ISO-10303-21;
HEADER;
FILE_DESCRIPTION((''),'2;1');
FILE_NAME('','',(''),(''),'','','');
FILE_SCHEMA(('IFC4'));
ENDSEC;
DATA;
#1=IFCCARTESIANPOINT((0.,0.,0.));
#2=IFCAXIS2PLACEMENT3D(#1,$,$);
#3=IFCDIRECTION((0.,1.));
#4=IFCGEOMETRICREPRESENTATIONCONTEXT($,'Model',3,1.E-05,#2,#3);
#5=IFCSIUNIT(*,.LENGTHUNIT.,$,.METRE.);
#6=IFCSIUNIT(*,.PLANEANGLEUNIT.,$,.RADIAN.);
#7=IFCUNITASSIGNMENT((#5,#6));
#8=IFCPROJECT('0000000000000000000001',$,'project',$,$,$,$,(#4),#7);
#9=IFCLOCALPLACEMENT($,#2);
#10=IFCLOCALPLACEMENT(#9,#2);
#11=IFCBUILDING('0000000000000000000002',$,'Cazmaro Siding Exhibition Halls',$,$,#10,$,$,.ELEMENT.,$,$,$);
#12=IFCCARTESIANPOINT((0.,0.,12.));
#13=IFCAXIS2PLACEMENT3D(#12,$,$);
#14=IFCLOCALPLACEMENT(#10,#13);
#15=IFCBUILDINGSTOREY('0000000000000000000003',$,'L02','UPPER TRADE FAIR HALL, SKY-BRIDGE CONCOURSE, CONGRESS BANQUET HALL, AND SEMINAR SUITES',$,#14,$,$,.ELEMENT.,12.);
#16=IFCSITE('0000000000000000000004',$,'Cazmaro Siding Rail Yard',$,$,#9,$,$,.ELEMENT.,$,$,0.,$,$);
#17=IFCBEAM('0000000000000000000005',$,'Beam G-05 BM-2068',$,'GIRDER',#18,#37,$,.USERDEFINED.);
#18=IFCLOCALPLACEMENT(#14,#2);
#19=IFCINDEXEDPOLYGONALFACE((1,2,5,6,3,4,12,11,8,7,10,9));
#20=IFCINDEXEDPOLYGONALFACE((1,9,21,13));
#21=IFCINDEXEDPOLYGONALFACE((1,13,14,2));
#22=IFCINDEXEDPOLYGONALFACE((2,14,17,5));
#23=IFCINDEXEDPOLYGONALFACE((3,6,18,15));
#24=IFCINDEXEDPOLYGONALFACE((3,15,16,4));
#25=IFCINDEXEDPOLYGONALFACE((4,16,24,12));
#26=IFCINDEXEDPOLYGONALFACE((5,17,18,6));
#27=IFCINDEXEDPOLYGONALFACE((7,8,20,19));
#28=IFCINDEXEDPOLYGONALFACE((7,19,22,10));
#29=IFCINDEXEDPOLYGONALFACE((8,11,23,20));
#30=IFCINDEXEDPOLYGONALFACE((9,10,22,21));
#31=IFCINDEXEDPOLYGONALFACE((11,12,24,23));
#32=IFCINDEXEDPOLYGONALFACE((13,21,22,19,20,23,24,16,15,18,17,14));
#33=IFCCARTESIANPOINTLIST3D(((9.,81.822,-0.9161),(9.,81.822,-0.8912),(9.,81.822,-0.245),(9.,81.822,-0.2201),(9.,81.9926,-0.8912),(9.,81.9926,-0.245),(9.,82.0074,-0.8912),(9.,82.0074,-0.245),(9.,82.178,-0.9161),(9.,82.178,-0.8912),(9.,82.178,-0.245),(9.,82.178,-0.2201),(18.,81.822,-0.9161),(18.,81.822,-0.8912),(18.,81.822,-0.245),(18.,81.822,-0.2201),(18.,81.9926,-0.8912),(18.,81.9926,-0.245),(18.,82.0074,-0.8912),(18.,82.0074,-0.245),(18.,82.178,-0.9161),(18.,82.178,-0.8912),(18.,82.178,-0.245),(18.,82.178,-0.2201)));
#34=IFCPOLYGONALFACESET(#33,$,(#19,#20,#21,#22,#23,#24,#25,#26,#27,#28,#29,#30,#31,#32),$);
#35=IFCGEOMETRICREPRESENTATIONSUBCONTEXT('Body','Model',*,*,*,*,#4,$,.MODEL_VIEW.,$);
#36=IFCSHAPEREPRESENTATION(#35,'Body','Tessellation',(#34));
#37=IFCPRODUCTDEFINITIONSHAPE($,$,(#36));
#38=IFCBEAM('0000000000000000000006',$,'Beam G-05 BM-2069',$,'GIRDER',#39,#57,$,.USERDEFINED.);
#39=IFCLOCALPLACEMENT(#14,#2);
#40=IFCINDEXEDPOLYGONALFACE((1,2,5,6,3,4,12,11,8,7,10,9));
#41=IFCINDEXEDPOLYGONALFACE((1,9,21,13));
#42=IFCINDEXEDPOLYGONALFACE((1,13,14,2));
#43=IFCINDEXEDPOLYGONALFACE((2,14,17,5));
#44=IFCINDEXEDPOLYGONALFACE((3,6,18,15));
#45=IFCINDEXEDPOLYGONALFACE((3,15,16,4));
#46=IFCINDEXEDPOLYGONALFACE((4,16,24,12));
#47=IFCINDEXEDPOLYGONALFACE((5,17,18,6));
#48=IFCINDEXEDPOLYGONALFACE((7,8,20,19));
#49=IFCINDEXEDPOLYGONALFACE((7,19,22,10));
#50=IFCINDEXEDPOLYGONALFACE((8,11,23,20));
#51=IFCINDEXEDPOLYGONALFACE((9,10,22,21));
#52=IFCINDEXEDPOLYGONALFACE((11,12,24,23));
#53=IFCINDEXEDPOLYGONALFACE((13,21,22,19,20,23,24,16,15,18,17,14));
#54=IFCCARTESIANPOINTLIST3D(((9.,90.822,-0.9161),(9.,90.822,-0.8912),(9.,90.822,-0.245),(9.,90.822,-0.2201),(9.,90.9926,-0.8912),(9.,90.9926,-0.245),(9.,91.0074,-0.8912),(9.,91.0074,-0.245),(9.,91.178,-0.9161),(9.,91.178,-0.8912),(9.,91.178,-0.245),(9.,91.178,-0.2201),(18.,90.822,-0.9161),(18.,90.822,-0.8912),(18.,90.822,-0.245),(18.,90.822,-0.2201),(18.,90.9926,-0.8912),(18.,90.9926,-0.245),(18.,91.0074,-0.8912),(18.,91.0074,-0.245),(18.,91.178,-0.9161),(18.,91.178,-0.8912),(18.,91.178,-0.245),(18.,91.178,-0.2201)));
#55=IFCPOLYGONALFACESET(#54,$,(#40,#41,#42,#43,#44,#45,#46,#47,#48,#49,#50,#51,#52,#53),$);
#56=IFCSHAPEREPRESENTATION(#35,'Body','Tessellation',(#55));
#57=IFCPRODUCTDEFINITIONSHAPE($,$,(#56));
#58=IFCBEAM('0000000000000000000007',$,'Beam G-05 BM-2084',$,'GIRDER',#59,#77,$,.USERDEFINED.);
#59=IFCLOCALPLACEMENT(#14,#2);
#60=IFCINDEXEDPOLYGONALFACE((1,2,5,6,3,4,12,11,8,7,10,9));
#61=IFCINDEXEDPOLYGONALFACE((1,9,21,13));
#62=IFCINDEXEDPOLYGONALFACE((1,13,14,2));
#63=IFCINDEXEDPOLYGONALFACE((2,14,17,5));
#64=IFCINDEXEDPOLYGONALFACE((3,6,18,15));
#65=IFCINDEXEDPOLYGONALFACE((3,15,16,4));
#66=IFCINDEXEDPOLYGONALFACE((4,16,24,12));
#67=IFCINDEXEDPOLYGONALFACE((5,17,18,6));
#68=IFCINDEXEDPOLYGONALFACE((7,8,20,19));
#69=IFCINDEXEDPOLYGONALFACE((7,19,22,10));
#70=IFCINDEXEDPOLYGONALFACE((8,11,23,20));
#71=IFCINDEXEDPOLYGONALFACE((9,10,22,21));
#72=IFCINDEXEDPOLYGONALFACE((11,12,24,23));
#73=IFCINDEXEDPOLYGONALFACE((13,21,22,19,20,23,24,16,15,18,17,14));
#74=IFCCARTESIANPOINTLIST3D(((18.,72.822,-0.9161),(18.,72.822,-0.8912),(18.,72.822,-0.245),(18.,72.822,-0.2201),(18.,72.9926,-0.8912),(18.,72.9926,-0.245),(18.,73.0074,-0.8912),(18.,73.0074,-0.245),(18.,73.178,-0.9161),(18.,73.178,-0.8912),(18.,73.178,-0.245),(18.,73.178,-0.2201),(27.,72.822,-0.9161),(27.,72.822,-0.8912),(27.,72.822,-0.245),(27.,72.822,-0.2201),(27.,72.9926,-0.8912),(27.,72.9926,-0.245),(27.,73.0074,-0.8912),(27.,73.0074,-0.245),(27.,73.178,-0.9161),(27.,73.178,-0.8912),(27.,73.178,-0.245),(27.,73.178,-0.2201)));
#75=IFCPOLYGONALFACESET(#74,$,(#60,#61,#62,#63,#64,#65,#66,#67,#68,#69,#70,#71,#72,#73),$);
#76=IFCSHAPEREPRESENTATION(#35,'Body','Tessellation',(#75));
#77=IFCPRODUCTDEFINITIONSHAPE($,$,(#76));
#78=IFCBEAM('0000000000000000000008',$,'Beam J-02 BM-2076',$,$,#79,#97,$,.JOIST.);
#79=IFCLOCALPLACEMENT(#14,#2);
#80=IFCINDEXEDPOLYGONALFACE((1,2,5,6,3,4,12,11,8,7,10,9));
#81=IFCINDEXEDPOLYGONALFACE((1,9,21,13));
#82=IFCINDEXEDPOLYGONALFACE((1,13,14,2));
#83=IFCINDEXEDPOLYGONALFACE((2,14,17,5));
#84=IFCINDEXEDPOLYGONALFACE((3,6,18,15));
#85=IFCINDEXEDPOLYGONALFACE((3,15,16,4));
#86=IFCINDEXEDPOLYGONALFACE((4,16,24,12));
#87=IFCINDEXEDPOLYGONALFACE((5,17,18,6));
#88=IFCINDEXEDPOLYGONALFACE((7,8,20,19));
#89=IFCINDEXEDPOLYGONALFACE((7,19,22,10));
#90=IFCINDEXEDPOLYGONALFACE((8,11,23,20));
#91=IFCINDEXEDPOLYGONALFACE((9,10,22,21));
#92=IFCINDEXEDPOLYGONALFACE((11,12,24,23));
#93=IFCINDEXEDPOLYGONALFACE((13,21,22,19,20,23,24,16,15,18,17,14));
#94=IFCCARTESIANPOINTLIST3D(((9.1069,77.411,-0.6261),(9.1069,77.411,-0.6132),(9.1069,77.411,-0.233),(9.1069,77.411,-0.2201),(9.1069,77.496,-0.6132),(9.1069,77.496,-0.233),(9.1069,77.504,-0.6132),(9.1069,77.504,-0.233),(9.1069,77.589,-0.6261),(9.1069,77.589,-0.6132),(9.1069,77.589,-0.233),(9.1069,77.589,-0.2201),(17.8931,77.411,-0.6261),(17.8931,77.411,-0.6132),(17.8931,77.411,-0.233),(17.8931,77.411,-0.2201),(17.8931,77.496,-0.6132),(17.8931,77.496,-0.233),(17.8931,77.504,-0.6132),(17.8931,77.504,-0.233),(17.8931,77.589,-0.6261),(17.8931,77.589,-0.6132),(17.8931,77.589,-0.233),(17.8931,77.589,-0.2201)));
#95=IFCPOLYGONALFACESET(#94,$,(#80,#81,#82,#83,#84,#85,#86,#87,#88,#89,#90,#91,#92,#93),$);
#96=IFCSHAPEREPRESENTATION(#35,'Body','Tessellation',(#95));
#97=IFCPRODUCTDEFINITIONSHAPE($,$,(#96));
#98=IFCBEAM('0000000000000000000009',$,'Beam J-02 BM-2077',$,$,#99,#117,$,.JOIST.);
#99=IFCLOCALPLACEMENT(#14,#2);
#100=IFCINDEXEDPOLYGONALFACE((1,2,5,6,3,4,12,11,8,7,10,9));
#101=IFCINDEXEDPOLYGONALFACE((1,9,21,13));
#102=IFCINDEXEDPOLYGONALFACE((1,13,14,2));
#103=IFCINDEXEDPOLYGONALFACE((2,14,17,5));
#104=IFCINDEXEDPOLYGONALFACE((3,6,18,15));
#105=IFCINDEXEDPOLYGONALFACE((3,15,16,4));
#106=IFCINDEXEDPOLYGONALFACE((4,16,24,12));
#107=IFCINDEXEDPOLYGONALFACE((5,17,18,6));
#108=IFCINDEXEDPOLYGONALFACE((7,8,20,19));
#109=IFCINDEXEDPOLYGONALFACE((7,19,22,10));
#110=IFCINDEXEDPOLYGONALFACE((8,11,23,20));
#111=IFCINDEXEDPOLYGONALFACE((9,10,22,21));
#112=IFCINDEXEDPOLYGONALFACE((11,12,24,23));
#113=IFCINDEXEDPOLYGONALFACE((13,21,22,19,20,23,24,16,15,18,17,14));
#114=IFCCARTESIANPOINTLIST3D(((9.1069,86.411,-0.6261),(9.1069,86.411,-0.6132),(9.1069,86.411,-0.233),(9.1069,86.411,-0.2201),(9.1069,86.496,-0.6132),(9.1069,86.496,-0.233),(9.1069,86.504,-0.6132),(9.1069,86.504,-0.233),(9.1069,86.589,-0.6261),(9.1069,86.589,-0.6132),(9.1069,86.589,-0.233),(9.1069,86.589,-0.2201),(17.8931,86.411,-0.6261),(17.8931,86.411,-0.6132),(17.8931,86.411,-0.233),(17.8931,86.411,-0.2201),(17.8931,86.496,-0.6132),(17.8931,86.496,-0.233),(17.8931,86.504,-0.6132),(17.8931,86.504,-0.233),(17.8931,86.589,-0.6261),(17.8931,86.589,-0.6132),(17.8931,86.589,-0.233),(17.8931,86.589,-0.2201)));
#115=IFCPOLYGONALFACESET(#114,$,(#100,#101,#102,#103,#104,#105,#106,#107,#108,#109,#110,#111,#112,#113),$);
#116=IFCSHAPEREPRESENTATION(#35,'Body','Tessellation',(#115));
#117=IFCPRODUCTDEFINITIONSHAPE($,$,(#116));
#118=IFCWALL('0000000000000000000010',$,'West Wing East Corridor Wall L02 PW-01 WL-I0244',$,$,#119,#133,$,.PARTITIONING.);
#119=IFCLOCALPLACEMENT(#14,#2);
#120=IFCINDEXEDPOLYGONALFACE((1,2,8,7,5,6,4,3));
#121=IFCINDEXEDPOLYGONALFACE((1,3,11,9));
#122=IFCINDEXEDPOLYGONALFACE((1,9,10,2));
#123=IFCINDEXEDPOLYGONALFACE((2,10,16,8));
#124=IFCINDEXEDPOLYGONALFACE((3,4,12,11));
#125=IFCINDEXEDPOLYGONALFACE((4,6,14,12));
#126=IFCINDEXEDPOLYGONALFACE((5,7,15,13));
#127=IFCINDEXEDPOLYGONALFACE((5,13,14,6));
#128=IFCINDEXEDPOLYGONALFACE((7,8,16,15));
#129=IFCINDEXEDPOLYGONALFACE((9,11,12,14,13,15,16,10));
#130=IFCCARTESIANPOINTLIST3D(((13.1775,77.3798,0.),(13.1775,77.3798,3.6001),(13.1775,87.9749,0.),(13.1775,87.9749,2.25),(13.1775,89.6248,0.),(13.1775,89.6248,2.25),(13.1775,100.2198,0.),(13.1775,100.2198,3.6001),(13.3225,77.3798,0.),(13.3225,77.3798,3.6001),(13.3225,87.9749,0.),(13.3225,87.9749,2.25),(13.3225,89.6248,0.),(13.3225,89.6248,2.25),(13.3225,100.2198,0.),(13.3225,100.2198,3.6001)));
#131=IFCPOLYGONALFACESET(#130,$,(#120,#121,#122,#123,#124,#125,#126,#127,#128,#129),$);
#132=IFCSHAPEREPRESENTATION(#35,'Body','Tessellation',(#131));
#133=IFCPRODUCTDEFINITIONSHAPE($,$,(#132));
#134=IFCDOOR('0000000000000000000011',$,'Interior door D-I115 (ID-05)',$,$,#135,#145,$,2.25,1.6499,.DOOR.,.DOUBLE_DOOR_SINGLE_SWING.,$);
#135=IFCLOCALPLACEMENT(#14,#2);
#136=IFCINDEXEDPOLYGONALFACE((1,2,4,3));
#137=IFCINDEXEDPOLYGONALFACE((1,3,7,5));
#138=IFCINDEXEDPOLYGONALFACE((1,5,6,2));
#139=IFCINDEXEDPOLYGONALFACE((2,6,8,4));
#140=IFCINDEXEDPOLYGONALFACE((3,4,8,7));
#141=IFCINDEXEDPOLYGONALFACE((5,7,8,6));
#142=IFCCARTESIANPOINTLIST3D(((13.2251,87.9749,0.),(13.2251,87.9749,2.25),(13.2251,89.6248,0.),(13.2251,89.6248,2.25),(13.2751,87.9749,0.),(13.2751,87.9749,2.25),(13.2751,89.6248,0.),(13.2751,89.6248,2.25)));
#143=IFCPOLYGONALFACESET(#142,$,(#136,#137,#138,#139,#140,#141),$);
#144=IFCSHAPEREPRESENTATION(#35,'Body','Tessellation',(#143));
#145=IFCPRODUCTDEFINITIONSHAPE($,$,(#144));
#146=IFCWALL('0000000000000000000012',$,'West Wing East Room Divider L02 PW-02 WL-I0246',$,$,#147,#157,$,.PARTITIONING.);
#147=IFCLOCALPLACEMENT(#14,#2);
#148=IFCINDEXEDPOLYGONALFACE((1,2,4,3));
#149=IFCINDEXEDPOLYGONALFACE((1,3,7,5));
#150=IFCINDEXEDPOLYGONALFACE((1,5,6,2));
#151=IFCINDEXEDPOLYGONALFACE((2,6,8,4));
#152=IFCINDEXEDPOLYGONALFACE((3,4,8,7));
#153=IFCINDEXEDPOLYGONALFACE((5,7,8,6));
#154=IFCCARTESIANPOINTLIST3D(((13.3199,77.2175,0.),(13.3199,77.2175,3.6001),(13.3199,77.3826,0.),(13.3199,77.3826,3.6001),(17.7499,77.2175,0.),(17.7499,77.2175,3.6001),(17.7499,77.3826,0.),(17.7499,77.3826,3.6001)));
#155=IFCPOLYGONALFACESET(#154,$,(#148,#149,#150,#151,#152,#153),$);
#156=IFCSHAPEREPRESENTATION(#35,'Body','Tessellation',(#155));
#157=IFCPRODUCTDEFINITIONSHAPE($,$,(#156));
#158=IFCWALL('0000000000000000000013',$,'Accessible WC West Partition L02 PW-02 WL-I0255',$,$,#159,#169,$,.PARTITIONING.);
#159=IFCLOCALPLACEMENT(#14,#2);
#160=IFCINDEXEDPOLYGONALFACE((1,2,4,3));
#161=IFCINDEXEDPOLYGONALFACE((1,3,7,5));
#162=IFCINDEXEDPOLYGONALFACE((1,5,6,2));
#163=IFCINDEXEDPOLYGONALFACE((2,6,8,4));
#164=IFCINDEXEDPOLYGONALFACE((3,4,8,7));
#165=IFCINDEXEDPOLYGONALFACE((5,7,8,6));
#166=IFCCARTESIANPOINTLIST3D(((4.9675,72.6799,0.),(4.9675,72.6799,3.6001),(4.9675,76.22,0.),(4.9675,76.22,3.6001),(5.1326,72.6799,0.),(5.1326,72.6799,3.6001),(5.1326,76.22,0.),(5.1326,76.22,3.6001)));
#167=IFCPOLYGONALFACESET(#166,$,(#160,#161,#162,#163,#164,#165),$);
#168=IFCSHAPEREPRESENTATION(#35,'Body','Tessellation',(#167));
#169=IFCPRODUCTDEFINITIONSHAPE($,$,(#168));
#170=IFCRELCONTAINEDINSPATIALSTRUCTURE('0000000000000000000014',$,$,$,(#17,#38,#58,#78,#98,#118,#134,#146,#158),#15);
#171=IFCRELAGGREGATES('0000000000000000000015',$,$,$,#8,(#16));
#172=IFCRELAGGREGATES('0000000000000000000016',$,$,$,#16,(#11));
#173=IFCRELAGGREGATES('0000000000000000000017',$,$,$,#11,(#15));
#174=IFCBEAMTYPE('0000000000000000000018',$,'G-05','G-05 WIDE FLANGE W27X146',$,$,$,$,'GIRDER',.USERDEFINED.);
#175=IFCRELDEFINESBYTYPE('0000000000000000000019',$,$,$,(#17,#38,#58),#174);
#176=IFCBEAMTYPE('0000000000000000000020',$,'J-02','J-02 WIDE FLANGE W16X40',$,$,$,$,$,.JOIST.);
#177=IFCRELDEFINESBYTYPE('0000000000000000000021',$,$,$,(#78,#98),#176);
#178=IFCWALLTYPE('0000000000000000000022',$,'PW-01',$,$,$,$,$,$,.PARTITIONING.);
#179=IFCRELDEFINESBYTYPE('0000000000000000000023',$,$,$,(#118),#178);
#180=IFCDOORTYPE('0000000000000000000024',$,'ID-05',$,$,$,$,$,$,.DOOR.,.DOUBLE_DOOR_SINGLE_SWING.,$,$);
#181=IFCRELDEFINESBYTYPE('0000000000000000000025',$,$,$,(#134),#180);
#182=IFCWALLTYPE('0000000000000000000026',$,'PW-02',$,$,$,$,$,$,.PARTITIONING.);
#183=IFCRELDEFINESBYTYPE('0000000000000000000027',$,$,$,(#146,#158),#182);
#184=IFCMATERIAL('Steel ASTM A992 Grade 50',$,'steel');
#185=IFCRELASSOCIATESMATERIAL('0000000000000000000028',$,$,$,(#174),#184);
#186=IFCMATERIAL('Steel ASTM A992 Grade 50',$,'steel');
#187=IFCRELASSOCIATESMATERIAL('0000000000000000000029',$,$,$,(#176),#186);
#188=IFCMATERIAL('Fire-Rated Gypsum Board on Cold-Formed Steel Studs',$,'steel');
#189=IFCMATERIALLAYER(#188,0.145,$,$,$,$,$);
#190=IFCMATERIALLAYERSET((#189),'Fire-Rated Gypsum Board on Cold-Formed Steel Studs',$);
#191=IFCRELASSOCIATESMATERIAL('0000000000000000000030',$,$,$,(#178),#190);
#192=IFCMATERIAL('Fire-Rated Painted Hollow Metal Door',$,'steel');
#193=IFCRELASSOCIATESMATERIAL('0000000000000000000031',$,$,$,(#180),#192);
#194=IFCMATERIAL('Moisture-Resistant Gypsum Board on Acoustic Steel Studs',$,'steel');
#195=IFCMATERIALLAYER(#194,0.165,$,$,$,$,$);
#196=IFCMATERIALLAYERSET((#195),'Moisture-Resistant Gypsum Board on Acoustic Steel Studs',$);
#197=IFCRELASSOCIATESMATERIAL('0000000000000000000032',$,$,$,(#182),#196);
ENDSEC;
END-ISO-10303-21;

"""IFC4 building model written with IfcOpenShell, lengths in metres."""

from ifc_helpers import new_model, si_unit, direction, frame, frame_2d, origin, origin_2d, place, context, subcontext, project, spatial, rectangle, i_section, extrude, material, layer, layer_set, material_profile, profile_set, type_object, element, fill, save


model = new_model("IFC4")

# Units and contexts
model_context = context("Model", 3, precision=1e-05, world=origin(), true_north=direction((0.0, 1.0)))
body_context = subcontext(model_context, "Body", "Model", "MODEL_VIEW")
ifc_project = project(units=[si_unit("LENGTHUNIT", "METRE"), si_unit("PLANEANGLEUNIT", "RADIAN")], contexts=[model_context])

# Site, building, storey
site_placement = place(None, origin())
site = spatial("IfcSite", under=ifc_project, at=site_placement, Name="Cazmaro Siding Rail Yard", CompositionType="ELEMENT", RefElevation=0.0)
building_placement = place(site_placement, origin())
building = spatial("IfcBuilding", under=site, at=building_placement, Name="Cazmaro Siding Exhibition Halls", CompositionType="ELEMENT")
storey_placement = place(building_placement, frame((0.0, 0.0, 12.0)))
storey = spatial("IfcBuildingStorey", under=building, at=storey_placement, Name="L02", Description="UPPER TRADE FAIR HALL, SKY-BRIDGE CONCOURSE, CONGRESS BANQUET HALL, AND SEMINAR SUITES", CompositionType="ELEMENT", Elevation=12.0)

# Beams
ifc_material_1 = material(Name="Steel ASTM A992 Grade 50", Category="steel")
ifc_material_profile_1 = material_profile(ifc_material_1, i_section(OverallWidth=0.356, OverallDepth=0.696, WebThickness=0.0149, FlangeThickness=0.0249, at=origin_2d()), Name="W27X146")
ifc_profile_set_1 = profile_set([ifc_material_profile_1], Name="Steel ASTM A992 Grade 50")
beam_type_1 = type_object("IfcBeamType", Name="G-05", Description="G-05 WIDE FLANGE W27X146", ElementType="GIRDER", PredefinedType="USERDEFINED", material=ifc_profile_set_1)
for number, where, z_axis, x_axis, name in (
    (1, (9.0, 82.0, -0.5681), (1.0, 0.0, 0.0), (0.0, 1.0, 0.0), "Beam G-05 BM-2068"),
    (2, (9.0, 91.0, -0.5681), (1.0, 0.0, 0.0), (0.0, 1.0, 0.0), "Beam G-05 BM-2069"),
    (3, (18.0, 73.0, -0.5681), (1.0, 0.0, 0.0), (0.0, 1.0, 0.0), "Beam G-05 BM-2084"),
):
    element("IfcBeam", number, at=place(storey_placement, frame(where, z_axis=z_axis, x_axis=x_axis)), inside=storey, type_object=beam_type_1, Name=name, ObjectType="GIRDER", PredefinedType="USERDEFINED", context=body_context, shape_type="SweptSolid", body=[
        extrude(i_section(OverallWidth=0.356, OverallDepth=0.696, WebThickness=0.0149, FlangeThickness=0.0249, at=origin_2d()), origin(), (0.0, 0.0, 1.0), 9.0),
    ])
ifc_material_2 = material(Name="Steel ASTM A992 Grade 50", Category="steel")
ifc_material_profile_2 = material_profile(ifc_material_2, i_section(OverallWidth=0.178, OverallDepth=0.406, WebThickness=0.0081, FlangeThickness=0.0129, at=origin_2d()), Name="W16X40")
ifc_profile_set_2 = profile_set([ifc_material_profile_2], Name="Steel ASTM A992 Grade 50")
beam_type_2 = type_object("IfcBeamType", Name="J-02", Description="J-02 WIDE FLANGE W16X40", PredefinedType="JOIST", material=ifc_profile_set_2)
for number, where, z_axis, x_axis, name in (
    (4, (9.1069, 77.5, -0.4231), (1.0, 0.0, 0.0), (0.0, 1.0, 0.0), "Beam J-02 BM-2076"),
    (5, (9.1069, 86.5, -0.4231), (1.0, 0.0, 0.0), (0.0, 1.0, 0.0), "Beam J-02 BM-2077"),
):
    element("IfcBeam", number, at=place(storey_placement, frame(where, z_axis=z_axis, x_axis=x_axis)), inside=storey, type_object=beam_type_2, Name=name, PredefinedType="JOIST", context=body_context, shape_type="SweptSolid", body=[
        extrude(i_section(OverallWidth=0.178, OverallDepth=0.406, WebThickness=0.0081, FlangeThickness=0.0129, at=origin_2d()), origin(), (0.0, 0.0, 1.0), 8.7861),
    ])

# Wall, opening, door
ifc_material_3 = material(Name="Fire-Rated Gypsum Board on Cold-Formed Steel Studs", Category="steel")
ifc_layer_1 = layer(ifc_material_3, 0.145)
ifc_layer_set_1 = layer_set([ifc_layer_1], Name="Fire-Rated Gypsum Board on Cold-Formed Steel Studs")
wall_type_1 = type_object("IfcWallType", Name="PW-01", PredefinedType="PARTITIONING", material=ifc_layer_set_1)
wall_1_placement = place(storey_placement, frame((13.25, 77.3799, 0.0), z_axis=(0.0, 0.0, 1.0), x_axis=(0.0, 1.0, 0.0)))
wall_1 = element("IfcWall", 6, at=wall_1_placement, inside=storey, type_object=wall_type_1, Name="West Wing East Corridor Wall L02 PW-01 WL-I0244", PredefinedType="PARTITIONING", context=body_context, shape_type="SweptSolid", body=[
    extrude(rectangle(XDim=22.8401, YDim=0.145, at=frame_2d((11.4199, 0.0))), origin(), (0.0, 0.0, 1.0), 3.6001),
])
opening_1_placement = place(wall_1_placement, frame((10.595, 0.0, 0.0)))
opening_1 = element("IfcOpeningElement", 7, at=opening_1_placement, cuts=wall_1, PredefinedType="OPENING", context=body_context, shape_type="SweptSolid", body=[
    extrude(rectangle(XDim=1.6499, YDim=2.25, at=frame_2d((0.825, 1.125))), frame((0.0, 0.0825, 0.0), z_axis=(0.0, -1.0, 0.0), x_axis=(1.0, 0.0, 0.0)), (0.0, 0.0, 1.0), 0.165),
])
ifc_material_4 = material(Name="Fire-Rated Painted Hollow Metal Door", Category="steel")
door_type_1 = type_object("IfcDoorType", Name="ID-05", OperationType="DOUBLE_DOOR_SINGLE_SWING", PredefinedType="DOOR", material=ifc_material_4)
door_1_placement = place(opening_1_placement, origin())
door_1 = element("IfcDoor", 8, at=door_1_placement, inside=storey, type_object=door_type_1, Name="Interior door D-I115 (ID-05)", OperationType="DOUBLE_DOOR_SINGLE_SWING", OverallHeight=2.25, OverallWidth=1.6499, PredefinedType="DOOR", context=body_context, shape_type="SweptSolid", body=[
    extrude(rectangle(XDim=1.6499, YDim=2.25, at=frame_2d((0.825, 1.125))), frame((0.0, 0.0249, 0.0), z_axis=(0.0, -1.0, 0.0), x_axis=(1.0, 0.0, 0.0)), (0.0, 0.0, 1.0), 0.05),
])
fill(opening_1, door_1)

# Walls
ifc_material_5 = material(Name="Moisture-Resistant Gypsum Board on Acoustic Steel Studs", Category="steel")
ifc_layer_2 = layer(ifc_material_5, 0.165)
ifc_layer_set_2 = layer_set([ifc_layer_2], Name="Moisture-Resistant Gypsum Board on Acoustic Steel Studs")
wall_type_2 = type_object("IfcWallType", Name="PW-02", PredefinedType="PARTITIONING", material=ifc_layer_set_2)
wall_2_placement = place(storey_placement, frame((13.3201, 77.3, 0.0), z_axis=(0.0, 0.0, 1.0), x_axis=(1.0, 0.0, 0.0)))
element("IfcWall", 9, at=wall_2_placement, inside=storey, type_object=wall_type_2, Name="West Wing East Room Divider L02 PW-02 WL-I0246", PredefinedType="PARTITIONING", context=body_context, shape_type="SweptSolid", body=[
    extrude(rectangle(XDim=4.4299, YDim=0.165, at=frame_2d((2.2148, 0.0))), origin(), (0.0, 0.0, 1.0), 3.6001),
])
wall_3_placement = place(storey_placement, frame((5.05, 72.6799, 0.0), z_axis=(0.0, 0.0, 1.0), x_axis=(0.0, 1.0, 0.0)))
element("IfcWall", 10, at=wall_3_placement, inside=storey, type_object=wall_type_2, Name="Accessible WC West Partition L02 PW-02 WL-I0255", PredefinedType="PARTITIONING", context=body_context, shape_type="SweptSolid", body=[
    extrude(rectangle(XDim=3.54, YDim=0.165, at=frame_2d((1.77, 0.0))), origin(), (0.0, 0.0, 1.0), 3.6001),
])

save(model, "model.ifc")
